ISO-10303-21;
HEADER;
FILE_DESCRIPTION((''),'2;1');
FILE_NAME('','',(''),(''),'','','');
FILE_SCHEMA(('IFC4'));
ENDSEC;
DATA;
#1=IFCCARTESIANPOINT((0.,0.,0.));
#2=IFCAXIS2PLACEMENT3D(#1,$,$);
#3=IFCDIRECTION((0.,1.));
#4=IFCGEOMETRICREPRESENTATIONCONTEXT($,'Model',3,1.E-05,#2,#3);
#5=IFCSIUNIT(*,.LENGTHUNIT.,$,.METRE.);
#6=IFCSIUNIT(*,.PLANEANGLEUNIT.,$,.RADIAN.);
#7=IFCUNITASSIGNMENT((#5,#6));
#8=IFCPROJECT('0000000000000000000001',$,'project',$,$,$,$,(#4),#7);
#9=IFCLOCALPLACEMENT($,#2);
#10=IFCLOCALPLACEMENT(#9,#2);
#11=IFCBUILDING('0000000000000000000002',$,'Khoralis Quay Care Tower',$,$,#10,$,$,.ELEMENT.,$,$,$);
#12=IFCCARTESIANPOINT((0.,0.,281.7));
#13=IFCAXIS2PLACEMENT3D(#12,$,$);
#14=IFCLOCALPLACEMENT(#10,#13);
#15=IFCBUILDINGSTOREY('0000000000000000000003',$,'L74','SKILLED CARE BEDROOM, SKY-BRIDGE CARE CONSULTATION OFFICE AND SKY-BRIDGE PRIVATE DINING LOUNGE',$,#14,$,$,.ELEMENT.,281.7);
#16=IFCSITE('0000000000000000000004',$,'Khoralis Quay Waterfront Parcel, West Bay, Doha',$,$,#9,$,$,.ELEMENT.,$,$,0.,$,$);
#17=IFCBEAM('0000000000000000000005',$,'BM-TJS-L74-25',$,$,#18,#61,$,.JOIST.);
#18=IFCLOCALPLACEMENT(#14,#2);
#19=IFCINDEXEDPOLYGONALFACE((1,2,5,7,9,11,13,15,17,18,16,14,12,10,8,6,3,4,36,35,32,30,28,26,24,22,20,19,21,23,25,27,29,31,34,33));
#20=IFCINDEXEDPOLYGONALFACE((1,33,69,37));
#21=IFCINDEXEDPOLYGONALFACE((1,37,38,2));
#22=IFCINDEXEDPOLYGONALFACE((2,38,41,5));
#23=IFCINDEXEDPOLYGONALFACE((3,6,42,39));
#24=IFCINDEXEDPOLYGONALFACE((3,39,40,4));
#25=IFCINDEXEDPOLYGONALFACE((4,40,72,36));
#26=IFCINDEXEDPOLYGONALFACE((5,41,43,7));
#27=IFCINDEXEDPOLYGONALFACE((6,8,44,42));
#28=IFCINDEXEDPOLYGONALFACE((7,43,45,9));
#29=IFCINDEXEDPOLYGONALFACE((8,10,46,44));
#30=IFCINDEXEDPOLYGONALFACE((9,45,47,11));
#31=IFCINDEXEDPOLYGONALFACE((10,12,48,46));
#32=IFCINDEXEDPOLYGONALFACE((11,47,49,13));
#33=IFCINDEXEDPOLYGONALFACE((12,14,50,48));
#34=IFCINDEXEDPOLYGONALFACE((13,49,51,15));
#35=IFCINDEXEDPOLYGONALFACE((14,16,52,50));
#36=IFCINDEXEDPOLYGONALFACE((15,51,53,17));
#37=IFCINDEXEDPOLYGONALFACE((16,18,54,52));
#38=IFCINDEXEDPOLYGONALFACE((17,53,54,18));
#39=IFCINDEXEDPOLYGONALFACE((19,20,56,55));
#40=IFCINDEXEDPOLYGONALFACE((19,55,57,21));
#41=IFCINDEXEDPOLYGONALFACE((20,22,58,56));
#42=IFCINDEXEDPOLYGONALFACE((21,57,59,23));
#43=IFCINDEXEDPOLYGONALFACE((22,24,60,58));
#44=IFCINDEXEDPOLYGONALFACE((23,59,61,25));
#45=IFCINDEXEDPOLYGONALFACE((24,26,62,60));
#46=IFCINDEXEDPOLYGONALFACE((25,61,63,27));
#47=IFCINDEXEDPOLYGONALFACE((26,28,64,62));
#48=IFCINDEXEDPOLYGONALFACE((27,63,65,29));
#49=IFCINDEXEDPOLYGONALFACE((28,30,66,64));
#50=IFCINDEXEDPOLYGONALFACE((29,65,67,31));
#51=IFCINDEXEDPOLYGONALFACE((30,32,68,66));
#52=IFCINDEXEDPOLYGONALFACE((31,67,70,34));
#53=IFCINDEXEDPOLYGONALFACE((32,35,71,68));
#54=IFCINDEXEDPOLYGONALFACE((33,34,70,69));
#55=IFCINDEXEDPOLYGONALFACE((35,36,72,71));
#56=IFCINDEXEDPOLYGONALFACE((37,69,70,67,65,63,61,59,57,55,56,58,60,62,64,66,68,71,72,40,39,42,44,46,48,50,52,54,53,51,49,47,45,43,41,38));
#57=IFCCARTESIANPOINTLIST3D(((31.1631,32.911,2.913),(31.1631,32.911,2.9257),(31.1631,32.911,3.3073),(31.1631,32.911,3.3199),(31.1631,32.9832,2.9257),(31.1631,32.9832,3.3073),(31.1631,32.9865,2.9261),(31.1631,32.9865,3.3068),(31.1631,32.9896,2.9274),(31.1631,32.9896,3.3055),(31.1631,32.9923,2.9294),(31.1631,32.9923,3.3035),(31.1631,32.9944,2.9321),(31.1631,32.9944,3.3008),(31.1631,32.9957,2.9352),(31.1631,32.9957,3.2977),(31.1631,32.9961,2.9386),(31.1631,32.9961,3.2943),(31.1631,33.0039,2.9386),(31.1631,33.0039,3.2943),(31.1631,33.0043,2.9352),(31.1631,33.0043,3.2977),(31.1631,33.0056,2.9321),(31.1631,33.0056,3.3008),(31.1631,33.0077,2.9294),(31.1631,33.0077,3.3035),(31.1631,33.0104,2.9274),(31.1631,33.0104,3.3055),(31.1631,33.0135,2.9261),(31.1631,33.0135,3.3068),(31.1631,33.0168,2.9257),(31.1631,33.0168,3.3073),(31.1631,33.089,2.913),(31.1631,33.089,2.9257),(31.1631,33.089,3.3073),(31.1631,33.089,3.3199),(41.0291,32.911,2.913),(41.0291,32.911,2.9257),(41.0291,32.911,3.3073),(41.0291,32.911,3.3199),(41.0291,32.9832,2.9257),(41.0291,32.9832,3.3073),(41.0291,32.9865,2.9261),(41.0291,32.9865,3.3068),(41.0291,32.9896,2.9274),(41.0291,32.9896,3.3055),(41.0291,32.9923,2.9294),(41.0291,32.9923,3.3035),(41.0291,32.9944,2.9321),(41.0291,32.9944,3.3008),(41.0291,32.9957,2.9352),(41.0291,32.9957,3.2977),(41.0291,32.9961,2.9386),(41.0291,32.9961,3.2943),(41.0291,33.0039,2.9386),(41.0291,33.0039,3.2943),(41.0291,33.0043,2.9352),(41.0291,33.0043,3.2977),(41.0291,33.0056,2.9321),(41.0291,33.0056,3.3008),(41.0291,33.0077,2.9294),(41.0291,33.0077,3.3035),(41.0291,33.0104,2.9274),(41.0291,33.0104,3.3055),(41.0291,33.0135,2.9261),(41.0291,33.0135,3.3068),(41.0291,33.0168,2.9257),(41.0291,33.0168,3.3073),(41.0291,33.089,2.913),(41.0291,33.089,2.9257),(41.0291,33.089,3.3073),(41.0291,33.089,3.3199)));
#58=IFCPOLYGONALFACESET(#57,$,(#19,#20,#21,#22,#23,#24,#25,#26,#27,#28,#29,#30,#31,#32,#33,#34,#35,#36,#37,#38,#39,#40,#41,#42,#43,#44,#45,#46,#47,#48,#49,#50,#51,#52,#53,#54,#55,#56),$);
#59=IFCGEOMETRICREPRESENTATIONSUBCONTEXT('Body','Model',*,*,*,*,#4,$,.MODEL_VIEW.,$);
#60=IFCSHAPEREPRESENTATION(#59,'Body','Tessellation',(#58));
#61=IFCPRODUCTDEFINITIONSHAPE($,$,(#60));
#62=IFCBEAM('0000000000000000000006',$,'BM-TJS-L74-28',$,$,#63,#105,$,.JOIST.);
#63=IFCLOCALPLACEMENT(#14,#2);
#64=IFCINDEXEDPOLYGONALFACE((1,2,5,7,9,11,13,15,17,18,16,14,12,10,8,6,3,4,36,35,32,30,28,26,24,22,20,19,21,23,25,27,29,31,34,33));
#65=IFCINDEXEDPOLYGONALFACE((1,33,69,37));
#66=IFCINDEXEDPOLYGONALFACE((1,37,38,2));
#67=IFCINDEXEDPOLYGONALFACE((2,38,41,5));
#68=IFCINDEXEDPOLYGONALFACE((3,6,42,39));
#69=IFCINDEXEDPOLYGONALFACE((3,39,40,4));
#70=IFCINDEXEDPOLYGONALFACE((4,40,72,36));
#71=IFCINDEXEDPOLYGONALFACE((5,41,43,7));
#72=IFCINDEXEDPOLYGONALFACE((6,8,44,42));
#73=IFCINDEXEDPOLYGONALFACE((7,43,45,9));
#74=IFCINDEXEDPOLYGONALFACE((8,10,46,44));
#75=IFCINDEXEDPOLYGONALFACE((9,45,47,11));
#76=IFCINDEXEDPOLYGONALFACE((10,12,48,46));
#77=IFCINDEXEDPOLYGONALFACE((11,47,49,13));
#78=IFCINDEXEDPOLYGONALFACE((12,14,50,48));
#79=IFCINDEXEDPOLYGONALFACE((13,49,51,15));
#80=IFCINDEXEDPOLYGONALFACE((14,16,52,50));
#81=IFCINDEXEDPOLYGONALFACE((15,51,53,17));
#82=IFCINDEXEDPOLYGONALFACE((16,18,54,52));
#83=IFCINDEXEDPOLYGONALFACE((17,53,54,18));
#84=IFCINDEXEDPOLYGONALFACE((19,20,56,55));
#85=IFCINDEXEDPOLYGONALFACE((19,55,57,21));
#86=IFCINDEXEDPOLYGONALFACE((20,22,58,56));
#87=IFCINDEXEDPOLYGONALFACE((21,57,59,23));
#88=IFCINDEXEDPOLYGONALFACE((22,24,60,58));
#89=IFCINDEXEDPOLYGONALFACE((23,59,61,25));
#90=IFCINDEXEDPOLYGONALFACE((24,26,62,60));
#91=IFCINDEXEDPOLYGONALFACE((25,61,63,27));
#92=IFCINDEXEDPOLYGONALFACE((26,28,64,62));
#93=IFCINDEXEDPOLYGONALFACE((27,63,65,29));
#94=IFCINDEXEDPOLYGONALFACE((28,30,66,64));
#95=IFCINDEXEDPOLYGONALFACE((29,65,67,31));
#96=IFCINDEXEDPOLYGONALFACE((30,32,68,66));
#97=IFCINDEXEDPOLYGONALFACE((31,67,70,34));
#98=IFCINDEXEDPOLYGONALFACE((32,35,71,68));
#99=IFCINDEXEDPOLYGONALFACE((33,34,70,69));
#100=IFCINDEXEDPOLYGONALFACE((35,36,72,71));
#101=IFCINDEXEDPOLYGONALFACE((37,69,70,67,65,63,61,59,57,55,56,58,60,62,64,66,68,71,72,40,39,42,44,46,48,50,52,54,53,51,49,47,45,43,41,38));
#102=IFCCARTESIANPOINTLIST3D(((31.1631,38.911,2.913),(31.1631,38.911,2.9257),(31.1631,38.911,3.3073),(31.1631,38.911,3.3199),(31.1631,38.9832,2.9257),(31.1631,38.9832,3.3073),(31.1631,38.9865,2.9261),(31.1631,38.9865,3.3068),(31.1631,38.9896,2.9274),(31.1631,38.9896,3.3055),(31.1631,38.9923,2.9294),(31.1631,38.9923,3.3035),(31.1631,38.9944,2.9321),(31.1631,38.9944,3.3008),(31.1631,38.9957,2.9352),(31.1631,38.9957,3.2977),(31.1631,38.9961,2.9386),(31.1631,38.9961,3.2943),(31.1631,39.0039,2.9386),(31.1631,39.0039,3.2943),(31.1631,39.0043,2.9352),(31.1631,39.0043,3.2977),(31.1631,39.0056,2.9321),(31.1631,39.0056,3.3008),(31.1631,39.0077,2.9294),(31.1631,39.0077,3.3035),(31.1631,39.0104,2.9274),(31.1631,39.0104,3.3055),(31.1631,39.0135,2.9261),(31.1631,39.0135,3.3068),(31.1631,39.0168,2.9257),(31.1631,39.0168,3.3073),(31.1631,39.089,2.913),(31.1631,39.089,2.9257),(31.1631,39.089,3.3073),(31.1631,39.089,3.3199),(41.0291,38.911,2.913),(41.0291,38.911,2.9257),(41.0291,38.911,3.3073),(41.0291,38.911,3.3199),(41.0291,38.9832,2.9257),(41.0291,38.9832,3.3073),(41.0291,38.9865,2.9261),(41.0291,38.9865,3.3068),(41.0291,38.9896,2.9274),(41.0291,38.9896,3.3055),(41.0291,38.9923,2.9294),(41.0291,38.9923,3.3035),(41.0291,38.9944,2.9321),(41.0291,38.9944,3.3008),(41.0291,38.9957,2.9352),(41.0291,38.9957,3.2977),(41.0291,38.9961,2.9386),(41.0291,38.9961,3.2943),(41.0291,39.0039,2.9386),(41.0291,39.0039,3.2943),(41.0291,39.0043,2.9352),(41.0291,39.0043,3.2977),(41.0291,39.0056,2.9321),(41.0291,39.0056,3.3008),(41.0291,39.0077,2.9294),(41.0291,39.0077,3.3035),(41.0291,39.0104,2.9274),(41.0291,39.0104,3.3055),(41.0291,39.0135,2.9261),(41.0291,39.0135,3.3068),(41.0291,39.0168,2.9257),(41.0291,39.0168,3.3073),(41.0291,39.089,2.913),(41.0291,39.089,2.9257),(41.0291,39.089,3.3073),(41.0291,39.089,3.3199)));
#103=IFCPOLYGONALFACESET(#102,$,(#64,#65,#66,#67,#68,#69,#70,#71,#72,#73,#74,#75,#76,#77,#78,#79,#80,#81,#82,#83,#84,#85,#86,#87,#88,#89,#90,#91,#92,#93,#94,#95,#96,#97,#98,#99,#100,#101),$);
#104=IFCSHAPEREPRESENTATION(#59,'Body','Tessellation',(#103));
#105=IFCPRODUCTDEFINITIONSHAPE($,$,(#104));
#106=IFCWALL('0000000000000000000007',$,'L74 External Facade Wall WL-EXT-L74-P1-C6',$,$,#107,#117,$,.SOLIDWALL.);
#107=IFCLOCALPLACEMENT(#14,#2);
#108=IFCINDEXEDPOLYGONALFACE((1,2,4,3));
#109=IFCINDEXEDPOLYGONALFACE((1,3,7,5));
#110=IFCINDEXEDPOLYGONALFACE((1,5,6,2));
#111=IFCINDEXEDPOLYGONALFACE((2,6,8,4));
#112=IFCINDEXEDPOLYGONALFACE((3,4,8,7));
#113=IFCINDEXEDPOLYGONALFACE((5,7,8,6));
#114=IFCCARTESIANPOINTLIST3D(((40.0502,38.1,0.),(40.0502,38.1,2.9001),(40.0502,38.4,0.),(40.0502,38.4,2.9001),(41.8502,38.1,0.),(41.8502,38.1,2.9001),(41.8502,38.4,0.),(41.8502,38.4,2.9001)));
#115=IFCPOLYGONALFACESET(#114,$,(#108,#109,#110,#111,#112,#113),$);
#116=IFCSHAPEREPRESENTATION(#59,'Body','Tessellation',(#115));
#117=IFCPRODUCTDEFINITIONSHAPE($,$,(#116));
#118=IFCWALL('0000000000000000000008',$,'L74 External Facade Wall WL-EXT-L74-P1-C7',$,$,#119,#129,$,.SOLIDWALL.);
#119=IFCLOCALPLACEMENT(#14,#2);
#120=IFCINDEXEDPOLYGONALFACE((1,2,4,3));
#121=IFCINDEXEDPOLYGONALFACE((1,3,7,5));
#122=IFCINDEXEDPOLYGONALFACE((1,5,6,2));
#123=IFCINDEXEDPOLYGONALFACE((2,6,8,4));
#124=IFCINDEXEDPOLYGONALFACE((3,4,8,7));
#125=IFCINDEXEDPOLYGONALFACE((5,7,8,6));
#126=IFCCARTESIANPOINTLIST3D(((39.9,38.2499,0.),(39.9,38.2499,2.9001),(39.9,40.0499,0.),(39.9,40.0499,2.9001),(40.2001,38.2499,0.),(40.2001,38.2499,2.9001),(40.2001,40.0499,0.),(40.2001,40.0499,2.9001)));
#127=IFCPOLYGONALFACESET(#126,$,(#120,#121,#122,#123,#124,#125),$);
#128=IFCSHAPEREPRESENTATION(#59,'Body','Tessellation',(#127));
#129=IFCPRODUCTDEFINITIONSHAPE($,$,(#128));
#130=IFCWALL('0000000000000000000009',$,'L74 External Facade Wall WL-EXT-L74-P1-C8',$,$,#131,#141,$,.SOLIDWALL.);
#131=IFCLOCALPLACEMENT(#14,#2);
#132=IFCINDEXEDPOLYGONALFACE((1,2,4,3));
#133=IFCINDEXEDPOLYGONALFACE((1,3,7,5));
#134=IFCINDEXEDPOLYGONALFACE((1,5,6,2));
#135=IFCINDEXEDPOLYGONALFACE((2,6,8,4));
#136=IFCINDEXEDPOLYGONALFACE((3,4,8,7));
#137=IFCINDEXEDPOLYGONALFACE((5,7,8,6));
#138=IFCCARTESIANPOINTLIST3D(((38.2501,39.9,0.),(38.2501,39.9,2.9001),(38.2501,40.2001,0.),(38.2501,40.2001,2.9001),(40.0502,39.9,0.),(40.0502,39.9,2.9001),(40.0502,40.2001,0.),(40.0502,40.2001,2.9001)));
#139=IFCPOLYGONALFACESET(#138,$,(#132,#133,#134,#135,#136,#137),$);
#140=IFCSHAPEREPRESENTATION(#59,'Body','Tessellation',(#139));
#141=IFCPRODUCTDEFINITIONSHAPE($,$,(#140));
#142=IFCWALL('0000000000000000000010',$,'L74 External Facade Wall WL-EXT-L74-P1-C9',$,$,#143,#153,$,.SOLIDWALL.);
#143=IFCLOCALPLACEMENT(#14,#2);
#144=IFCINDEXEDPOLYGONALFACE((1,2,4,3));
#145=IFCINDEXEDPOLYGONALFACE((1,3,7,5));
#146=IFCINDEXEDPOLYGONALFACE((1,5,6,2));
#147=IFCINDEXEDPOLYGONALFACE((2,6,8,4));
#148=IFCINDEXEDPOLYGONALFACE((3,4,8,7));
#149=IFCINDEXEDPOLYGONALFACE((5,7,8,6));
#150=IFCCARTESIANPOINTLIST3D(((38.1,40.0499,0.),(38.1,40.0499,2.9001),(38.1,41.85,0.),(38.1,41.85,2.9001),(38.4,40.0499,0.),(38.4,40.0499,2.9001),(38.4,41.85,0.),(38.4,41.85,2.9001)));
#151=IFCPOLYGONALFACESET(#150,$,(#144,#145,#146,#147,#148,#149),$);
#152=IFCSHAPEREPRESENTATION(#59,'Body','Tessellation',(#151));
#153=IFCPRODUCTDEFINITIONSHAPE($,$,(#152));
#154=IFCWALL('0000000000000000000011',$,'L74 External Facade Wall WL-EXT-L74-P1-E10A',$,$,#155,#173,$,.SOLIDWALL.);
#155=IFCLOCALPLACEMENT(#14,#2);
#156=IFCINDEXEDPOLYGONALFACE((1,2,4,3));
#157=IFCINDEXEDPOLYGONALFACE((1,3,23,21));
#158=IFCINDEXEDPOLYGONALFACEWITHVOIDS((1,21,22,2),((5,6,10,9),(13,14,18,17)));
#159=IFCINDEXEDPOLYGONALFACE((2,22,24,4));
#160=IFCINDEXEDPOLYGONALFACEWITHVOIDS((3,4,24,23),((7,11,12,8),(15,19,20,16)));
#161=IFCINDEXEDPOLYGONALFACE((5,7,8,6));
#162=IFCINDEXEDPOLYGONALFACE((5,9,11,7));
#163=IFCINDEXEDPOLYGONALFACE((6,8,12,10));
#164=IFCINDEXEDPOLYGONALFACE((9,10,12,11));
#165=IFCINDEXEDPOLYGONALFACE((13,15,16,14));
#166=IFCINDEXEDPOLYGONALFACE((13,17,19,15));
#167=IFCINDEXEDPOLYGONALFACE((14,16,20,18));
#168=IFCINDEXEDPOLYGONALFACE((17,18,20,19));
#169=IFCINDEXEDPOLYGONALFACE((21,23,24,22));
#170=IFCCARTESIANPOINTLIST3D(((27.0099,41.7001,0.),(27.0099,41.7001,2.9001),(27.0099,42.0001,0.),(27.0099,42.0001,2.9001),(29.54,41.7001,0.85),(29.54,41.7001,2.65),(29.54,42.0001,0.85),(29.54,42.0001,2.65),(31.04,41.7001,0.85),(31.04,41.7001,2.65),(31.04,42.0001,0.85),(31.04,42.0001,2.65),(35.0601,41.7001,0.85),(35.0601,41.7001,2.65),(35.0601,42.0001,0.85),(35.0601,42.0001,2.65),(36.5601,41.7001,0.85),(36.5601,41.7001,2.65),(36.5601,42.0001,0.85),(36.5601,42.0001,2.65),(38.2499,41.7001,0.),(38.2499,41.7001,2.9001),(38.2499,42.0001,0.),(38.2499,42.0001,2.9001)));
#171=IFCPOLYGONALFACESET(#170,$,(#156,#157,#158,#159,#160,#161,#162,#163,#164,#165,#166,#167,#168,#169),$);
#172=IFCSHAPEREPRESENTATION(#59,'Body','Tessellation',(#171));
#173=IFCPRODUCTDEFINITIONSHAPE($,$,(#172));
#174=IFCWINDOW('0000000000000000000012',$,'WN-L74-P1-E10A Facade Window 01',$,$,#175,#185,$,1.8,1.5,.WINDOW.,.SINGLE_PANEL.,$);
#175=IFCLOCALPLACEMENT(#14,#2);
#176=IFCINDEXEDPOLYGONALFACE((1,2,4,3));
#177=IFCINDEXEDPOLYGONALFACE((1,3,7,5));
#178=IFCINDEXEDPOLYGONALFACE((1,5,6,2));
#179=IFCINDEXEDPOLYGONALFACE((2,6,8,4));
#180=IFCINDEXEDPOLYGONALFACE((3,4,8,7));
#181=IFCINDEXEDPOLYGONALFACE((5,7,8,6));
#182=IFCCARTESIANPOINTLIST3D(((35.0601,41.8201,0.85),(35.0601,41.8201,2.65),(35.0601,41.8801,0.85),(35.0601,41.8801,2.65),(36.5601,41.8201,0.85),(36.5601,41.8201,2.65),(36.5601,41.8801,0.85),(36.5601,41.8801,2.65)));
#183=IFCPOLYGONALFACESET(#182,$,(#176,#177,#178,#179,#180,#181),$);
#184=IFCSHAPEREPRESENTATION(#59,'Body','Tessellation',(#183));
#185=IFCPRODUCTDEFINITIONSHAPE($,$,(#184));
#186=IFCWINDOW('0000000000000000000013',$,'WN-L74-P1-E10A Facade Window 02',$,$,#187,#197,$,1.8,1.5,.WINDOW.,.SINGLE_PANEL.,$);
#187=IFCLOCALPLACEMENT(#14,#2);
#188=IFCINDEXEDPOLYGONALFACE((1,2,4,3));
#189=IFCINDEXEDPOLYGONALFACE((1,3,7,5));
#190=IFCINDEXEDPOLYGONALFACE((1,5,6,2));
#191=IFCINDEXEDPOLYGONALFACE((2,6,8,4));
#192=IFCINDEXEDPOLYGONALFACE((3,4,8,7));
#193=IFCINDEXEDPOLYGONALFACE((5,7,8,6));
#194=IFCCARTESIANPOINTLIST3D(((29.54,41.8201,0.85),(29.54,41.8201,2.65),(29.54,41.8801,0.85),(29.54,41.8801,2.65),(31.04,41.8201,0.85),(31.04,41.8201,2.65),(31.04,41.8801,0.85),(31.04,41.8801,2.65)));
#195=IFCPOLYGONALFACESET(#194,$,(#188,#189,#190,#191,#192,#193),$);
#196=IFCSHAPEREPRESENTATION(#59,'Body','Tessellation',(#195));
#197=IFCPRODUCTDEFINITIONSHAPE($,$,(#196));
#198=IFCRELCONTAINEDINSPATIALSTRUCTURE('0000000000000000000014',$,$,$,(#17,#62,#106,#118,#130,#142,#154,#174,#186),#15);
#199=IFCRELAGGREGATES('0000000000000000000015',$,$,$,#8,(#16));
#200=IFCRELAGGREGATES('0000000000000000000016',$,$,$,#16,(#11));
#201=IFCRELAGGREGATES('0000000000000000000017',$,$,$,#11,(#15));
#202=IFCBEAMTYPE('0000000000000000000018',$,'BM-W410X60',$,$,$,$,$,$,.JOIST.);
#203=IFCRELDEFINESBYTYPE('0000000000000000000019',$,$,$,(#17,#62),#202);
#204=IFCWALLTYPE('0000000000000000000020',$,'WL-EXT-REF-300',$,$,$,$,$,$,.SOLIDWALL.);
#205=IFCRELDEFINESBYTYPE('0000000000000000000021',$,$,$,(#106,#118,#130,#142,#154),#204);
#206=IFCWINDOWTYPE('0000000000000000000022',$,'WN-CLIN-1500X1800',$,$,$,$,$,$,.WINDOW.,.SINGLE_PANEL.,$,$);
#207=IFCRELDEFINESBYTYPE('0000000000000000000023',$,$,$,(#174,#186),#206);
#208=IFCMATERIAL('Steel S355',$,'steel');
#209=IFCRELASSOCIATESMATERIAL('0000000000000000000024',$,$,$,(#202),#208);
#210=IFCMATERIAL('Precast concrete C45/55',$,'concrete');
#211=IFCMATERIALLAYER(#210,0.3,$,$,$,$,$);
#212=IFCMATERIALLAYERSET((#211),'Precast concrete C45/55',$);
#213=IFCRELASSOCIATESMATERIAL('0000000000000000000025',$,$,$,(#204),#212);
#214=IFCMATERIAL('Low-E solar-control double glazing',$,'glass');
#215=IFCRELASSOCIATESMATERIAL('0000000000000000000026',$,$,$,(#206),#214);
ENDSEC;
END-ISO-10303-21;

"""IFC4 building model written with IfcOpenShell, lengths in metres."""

from ifc_helpers import new_model, si_unit, direction, frame, frame_2d, origin, origin_2d, place, context, subcontext, project, spatial, rectangle, i_section, extrude, source, transform, mapped, material, layer, layer_set, material_profile, profile_set, type_object, element, fill, save


model = new_model("IFC4")

# Units and contexts
model_context = context("Model", 3, precision=1e-05, world=origin(), true_north=direction((0.0, 1.0)))
body_context = subcontext(model_context, "Body", "Model", "MODEL_VIEW")
ifc_project = project(units=[si_unit("LENGTHUNIT", "METRE"), si_unit("PLANEANGLEUNIT", "RADIAN")], contexts=[model_context])

# Site, building, storey
site_placement = place(None, origin())
site = spatial("IfcSite", under=ifc_project, at=site_placement, Name="Khoralis Quay Waterfront Parcel, West Bay, Doha", CompositionType="ELEMENT", RefElevation=0.0)
building_placement = place(site_placement, origin())
building = spatial("IfcBuilding", under=site, at=building_placement, Name="Khoralis Quay Care Tower", CompositionType="ELEMENT")
storey_placement = place(building_placement, frame((0.0, 0.0, 281.7)))
storey = spatial("IfcBuildingStorey", under=building, at=storey_placement, Name="L74", Description="SKILLED CARE BEDROOM, SKY-BRIDGE CARE CONSULTATION OFFICE AND SKY-BRIDGE PRIVATE DINING LOUNGE", CompositionType="ELEMENT", Elevation=281.7)

# Beams
ifc_material_1 = material(Name="Steel S355", Category="steel")
ifc_material_profile_1 = material_profile(ifc_material_1, i_section(OverallWidth=0.178, OverallDepth=0.407, WebThickness=0.0078, FlangeThickness=0.0127, FilletRadius=0.0129, at=origin_2d()), Name="Steel S355")
ifc_profile_set_1 = profile_set([ifc_material_profile_1], Name="Steel S355")
beam_type_1 = type_object("IfcBeamType", Name="BM-W410X60", PredefinedType="JOIST", material=ifc_profile_set_1)
shared_shape_1 = source(origin(), body_context, "Body", "SweptSolid", [
    extrude(i_section(OverallWidth=0.178, OverallDepth=0.407, WebThickness=0.0078, FlangeThickness=0.0127, FilletRadius=0.0129, at=origin_2d()), origin(), (0.0, 0.0, 1.0), 9.866),
])
for number, where, z_axis, x_axis, name in (
    (1, (31.1631, 33.0, 3.1165), (1.0, 0.0, 0.0), (0.0, 1.0, 0.0), "BM-TJS-L74-25"),
    (2, (31.1631, 39.0, 3.1165), (1.0, 0.0, 0.0), (0.0, 1.0, 0.0), "BM-TJS-L74-28"),
):
    element("IfcBeam", number, at=place(storey_placement, frame(where, z_axis=z_axis, x_axis=x_axis)), inside=storey, type_object=beam_type_1, Name=name, PredefinedType="JOIST", context=body_context, shape_type="MappedRepresentation", body=[
        mapped(shared_shape_1, transform((0.0, 0.0, 0.0), scale=1.0)),
    ])

# Walls
ifc_material_2 = material(Name="Precast concrete C45/55", Category="concrete")
ifc_layer_1 = layer(ifc_material_2, 0.3)
ifc_layer_set_1 = layer_set([ifc_layer_1], Name="Precast concrete C45/55")
wall_type_1 = type_object("IfcWallType", Name="WL-EXT-REF-300", PredefinedType="SOLIDWALL", material=ifc_layer_set_1)
for number, where, z_axis, x_axis, name in (
    (3, (41.8501, 38.25, 0.0), (0.0, 0.0, 1.0), (-1.0, 0.0, 0.0), "L74 External Facade Wall WL-EXT-L74-P1-C6"),
    (4, (40.05, 38.25, 0.0), (0.0, 0.0, 1.0), (0.0, 1.0, 0.0), "L74 External Facade Wall WL-EXT-L74-P1-C7"),
    (5, (40.05, 40.05, 0.0), (0.0, 0.0, 1.0), (-1.0, 0.0, 0.0), "L74 External Facade Wall WL-EXT-L74-P1-C8"),
    (6, (38.25, 40.05, 0.0), (0.0, 0.0, 1.0), (0.0, 1.0, 0.0), "L74 External Facade Wall WL-EXT-L74-P1-C9"),
):
    element("IfcWall", number, at=place(storey_placement, frame(where, z_axis=z_axis, x_axis=x_axis)), inside=storey, type_object=wall_type_1, Name=name, PredefinedType="SOLIDWALL", context=body_context, shape_type="SweptSolid", body=[
        extrude(rectangle(XDim=1.8, YDim=0.3, at=frame_2d((0.8999, 0.0))), origin(), (0.0, 0.0, 1.0), 2.9001),
    ])

# Wall, openings, windows
wall_1_placement = place(storey_placement, frame((38.25, 41.8501, 0.0), z_axis=(0.0, 0.0, 1.0), x_axis=(-1.0, 0.0, 0.0)))
wall_1 = element("IfcWall", 7, at=wall_1_placement, inside=storey, type_object=wall_type_1, Name="L74 External Facade Wall WL-EXT-L74-P1-E10A", PredefinedType="SOLIDWALL", context=body_context, shape_type="SweptSolid", body=[
    extrude(rectangle(XDim=11.24, YDim=0.3, at=frame_2d((5.6201, 0.0))), origin(), (0.0, 0.0, 1.0), 2.9001),
])
opening_1_placement = place(wall_1_placement, frame((1.6899, 0.0, 0.8501)))
opening_1 = element("IfcOpeningElement", 8, at=opening_1_placement, cuts=wall_1, PredefinedType="OPENING", context=body_context, shape_type="SweptSolid", body=[
    extrude(rectangle(XDim=1.5, YDim=1.8, at=frame_2d((0.75, 0.8999))), frame((0.0, 0.1602, 0.0), z_axis=(0.0, -1.0, 0.0), x_axis=(1.0, 0.0, 0.0)), (0.0, 0.0, 1.0), 0.3201),
])
opening_2_placement = place(wall_1_placement, frame((7.21, 0.0, 0.8501)))
opening_2 = element("IfcOpeningElement", 9, at=opening_2_placement, cuts=wall_1, PredefinedType="OPENING", context=body_context, shape_type="SweptSolid", body=[
    extrude(rectangle(XDim=1.5, YDim=1.8, at=frame_2d((0.75, 0.8999))), frame((0.0, 0.1602, 0.0), z_axis=(0.0, -1.0, 0.0), x_axis=(1.0, 0.0, 0.0)), (0.0, 0.0, 1.0), 0.3201),
])
ifc_material_3 = material(Name="Low-E solar-control double glazing", Category="glass")
window_type = type_object("IfcWindowType", Name="WN-CLIN-1500X1800", PartitioningType="SINGLE_PANEL", PredefinedType="WINDOW", material=ifc_material_3)
shared_shape_2 = source(origin(), body_context, "Body", "SweptSolid", [
    extrude(rectangle(XDim=1.5, YDim=1.8, at=frame_2d((0.75, 0.8999))), frame((0.0, 0.03, 0.0), z_axis=(0.0, -1.0, 0.0), x_axis=(1.0, 0.0, 0.0)), (0.0, 0.0, 1.0), 0.0601),
])
window_1_placement = place(opening_1_placement, origin())
window_1 = element("IfcWindow", 10, at=window_1_placement, inside=storey, type_object=window_type, Name="WN-L74-P1-E10A Facade Window 01", OverallHeight=1.8, OverallWidth=1.5, PartitioningType="SINGLE_PANEL", PredefinedType="WINDOW", context=body_context, shape_type="MappedRepresentation", body=[
    mapped(shared_shape_2, transform((0.0, 0.0, 0.0), scale=1.0)),
])
fill(opening_1, window_1)
window_2_placement = place(opening_2_placement, origin())
window_2 = element("IfcWindow", 11, at=window_2_placement, inside=storey, type_object=window_type, Name="WN-L74-P1-E10A Facade Window 02", OverallHeight=1.8, OverallWidth=1.5, PartitioningType="SINGLE_PANEL", PredefinedType="WINDOW", context=body_context, shape_type="MappedRepresentation", body=[
    mapped(shared_shape_2, transform((0.0, 0.0, 0.0), scale=1.0)),
])
fill(opening_2, window_2)

save(model, "model.ifc")
